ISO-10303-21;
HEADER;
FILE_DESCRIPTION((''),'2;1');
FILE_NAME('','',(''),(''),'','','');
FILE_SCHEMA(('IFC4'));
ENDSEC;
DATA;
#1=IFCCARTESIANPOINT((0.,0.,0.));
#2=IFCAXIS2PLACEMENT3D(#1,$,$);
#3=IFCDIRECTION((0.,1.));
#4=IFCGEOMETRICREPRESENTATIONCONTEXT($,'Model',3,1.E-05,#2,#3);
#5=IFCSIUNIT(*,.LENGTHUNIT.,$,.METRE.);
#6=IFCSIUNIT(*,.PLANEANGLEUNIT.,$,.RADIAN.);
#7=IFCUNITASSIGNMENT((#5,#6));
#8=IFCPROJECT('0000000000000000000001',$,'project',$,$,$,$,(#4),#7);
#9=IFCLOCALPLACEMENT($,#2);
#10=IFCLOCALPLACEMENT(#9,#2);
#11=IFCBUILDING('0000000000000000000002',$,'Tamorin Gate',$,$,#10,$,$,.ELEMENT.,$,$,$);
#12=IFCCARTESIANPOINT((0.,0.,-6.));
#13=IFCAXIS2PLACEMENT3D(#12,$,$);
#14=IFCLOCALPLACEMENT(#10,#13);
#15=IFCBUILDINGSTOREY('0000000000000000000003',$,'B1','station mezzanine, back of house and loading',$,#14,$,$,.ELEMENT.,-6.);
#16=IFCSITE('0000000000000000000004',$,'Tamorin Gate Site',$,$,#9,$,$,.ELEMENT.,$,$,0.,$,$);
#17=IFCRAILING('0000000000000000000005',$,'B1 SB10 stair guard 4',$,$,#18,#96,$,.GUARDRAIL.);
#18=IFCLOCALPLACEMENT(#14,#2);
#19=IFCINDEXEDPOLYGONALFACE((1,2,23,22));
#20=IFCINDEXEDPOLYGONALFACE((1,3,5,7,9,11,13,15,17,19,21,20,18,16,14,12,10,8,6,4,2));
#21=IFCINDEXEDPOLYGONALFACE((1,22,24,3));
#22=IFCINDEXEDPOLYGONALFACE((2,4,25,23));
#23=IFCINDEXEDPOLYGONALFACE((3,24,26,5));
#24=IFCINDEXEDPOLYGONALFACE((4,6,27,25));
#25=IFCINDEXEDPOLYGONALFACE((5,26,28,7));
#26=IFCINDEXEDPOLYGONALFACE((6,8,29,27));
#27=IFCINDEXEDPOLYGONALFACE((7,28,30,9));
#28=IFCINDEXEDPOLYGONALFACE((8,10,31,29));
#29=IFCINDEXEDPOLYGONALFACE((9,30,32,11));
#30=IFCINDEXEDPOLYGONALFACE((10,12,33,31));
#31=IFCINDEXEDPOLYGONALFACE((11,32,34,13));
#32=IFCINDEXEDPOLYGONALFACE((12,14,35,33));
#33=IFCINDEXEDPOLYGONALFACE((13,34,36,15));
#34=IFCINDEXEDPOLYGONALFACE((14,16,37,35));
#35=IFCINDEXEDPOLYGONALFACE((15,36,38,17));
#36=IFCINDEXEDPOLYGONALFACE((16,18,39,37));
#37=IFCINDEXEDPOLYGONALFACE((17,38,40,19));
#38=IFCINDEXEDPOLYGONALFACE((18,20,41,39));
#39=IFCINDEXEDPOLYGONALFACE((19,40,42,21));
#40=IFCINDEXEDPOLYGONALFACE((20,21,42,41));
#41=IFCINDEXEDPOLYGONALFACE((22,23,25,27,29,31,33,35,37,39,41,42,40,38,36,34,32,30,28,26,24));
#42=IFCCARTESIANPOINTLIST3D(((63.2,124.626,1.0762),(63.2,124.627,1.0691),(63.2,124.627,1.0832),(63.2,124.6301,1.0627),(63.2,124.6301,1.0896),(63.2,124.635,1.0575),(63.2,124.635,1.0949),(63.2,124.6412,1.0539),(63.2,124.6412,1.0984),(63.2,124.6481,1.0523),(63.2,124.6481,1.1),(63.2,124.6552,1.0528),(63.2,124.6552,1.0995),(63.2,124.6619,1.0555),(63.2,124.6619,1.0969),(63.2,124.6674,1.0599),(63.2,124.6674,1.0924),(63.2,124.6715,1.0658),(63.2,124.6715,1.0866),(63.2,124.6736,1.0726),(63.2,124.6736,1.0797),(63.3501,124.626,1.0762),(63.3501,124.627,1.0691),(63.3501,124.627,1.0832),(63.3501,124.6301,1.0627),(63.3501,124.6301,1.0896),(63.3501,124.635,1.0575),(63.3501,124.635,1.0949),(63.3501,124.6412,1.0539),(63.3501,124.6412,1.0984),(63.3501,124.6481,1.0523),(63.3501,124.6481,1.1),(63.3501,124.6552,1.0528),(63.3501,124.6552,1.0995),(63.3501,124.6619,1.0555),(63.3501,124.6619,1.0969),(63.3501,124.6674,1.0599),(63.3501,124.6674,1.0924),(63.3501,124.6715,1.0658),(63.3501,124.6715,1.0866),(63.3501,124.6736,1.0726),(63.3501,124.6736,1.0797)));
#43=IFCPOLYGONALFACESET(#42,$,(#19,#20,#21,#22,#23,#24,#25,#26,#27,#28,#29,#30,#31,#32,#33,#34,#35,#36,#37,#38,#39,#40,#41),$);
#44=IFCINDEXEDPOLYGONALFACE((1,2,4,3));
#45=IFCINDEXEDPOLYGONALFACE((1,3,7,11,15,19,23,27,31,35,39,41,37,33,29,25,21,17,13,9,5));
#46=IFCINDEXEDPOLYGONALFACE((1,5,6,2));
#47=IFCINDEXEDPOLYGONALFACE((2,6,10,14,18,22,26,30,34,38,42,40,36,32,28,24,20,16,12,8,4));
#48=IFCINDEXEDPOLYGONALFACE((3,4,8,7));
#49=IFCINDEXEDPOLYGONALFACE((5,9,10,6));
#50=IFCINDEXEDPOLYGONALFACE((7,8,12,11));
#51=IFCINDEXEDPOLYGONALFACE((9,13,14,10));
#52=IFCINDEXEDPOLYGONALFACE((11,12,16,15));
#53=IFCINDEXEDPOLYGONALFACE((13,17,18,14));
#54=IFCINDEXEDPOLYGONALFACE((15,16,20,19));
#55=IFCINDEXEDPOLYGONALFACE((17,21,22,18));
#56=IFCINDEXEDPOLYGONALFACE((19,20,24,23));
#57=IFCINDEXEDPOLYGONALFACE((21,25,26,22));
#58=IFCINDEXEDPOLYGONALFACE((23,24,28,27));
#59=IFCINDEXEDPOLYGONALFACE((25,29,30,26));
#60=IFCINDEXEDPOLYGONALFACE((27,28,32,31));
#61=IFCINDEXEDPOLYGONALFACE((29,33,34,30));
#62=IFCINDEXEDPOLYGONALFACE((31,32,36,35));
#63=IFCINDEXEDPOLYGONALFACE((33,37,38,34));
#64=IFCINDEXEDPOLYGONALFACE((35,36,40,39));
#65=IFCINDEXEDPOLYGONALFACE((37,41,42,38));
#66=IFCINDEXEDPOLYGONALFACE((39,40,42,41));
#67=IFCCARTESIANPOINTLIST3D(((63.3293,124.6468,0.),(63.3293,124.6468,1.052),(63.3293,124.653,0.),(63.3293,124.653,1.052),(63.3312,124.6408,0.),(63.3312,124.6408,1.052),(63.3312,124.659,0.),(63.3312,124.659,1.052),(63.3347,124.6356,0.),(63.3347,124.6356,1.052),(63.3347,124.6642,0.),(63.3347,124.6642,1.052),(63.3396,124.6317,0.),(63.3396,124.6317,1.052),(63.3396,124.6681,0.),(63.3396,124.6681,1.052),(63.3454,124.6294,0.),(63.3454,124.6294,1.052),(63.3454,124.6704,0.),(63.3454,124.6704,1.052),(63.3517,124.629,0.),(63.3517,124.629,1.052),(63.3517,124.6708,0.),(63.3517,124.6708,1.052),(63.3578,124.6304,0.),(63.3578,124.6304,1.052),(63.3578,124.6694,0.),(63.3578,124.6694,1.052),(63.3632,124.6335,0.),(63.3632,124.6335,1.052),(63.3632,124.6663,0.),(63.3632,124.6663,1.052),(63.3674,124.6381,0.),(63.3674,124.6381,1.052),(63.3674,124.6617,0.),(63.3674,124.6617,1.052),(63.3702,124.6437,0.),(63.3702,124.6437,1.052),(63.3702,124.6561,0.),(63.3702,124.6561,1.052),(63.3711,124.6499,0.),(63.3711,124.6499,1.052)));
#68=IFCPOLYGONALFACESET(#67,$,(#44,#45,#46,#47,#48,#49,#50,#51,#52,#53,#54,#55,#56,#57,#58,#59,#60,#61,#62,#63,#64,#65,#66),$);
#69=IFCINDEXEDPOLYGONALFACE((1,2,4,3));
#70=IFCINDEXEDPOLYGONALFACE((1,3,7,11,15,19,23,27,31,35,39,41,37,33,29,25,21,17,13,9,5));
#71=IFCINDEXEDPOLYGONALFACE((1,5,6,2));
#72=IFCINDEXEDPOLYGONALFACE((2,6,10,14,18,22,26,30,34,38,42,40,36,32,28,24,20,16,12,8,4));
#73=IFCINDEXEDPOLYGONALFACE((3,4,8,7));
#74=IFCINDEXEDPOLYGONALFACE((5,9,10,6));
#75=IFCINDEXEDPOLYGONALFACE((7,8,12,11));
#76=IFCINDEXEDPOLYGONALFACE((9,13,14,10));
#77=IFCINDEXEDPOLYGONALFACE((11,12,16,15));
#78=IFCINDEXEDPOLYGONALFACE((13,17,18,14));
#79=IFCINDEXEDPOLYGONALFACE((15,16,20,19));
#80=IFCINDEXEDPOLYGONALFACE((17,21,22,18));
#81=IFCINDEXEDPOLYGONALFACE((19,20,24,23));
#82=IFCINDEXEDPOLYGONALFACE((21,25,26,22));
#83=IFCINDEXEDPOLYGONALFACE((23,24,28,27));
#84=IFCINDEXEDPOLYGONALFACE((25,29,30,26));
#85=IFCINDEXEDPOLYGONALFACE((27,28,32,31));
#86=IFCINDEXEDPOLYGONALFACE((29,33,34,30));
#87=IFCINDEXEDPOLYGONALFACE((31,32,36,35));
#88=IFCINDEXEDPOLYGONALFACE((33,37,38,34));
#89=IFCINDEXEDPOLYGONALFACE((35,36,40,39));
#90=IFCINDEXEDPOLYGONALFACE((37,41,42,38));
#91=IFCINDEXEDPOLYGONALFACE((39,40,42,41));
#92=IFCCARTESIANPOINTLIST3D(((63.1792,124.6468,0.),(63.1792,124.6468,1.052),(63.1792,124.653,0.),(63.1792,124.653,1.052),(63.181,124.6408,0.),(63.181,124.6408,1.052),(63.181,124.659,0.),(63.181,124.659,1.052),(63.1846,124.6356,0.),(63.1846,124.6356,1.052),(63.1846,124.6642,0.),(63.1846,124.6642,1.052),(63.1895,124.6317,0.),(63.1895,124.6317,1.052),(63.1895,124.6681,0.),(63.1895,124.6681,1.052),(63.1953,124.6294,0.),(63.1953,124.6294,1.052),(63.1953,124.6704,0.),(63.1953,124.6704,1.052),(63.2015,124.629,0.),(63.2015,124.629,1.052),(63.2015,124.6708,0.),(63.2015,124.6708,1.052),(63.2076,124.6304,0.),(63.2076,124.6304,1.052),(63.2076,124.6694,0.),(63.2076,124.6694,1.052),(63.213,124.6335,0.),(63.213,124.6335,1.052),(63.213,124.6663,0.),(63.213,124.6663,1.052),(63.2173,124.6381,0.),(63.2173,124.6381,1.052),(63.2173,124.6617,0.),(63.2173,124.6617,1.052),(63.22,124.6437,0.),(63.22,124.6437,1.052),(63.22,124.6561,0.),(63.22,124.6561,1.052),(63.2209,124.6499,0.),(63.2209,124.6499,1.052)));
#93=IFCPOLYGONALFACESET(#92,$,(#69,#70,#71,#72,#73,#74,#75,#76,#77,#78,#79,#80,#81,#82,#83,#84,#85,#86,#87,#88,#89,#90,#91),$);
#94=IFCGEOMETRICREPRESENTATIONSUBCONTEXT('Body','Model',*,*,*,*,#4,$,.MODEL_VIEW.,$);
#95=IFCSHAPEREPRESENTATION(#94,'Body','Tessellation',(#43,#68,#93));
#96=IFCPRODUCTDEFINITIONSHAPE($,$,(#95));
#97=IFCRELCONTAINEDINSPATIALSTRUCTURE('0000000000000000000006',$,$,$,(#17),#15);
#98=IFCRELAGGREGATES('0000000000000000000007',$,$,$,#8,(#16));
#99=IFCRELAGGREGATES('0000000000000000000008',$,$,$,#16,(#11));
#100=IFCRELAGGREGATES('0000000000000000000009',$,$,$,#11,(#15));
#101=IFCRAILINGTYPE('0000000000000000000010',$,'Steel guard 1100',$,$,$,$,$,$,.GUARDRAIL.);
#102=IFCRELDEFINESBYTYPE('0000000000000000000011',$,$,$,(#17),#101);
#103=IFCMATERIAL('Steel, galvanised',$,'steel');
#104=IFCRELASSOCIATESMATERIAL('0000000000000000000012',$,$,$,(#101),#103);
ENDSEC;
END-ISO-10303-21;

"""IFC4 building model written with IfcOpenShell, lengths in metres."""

from ifc_helpers import new_model, si_unit, direction, frame, origin, origin_2d, place, context, subcontext, project, spatial, circle, extrude, material, type_object, element, save


model = new_model("IFC4")

# Units and contexts
model_context = context("Model", 3, precision=1e-05, world=origin(), true_north=direction((0.0, 1.0)))
body_context = subcontext(model_context, "Body", "Model", "MODEL_VIEW")
ifc_project = project(units=[si_unit("LENGTHUNIT", "METRE"), si_unit("PLANEANGLEUNIT", "RADIAN")], contexts=[model_context])

# Site, building, storey
site_placement = place(None, origin())
site = spatial("IfcSite", under=ifc_project, at=site_placement, Name="Tamorin Gate Site", CompositionType="ELEMENT", RefElevation=0.0)
building_placement = place(site_placement, origin())
building = spatial("IfcBuilding", under=site, at=building_placement, Name="Tamorin Gate", CompositionType="ELEMENT")
storey_placement = place(building_placement, frame((0.0, 0.0, -6.0)))
storey = spatial("IfcBuildingStorey", under=building, at=storey_placement, Name="B1", Description="station mezzanine, back of house and loading", CompositionType="ELEMENT", Elevation=-6.0)

# Railing
ifc_material_1 = material(Name="Steel, galvanised", Category="steel")
railing_type_1 = type_object("IfcRailingType", Name="Steel guard 1100", PredefinedType="GUARDRAIL", material=ifc_material_1)
railing_1_placement = place(storey_placement, frame((63.3501, 124.6499, 0.0)))
element("IfcRailing", 1, at=railing_1_placement, inside=storey, type_object=railing_type_1, Name="B1 SB10 stair guard 4", PredefinedType="GUARDRAIL", context=body_context, shape_type="SweptSolid", body=[
    extrude(circle(Radius=0.0239, at=origin_2d()), frame((0.0, 0.0, 1.0762), z_axis=(-1.0, 0.0, 0.0), x_axis=(0.0, -1.0, 0.0)), (0.0, 0.0, 1.0), 0.1501),
    extrude(circle(Radius=0.021, at=origin_2d()), origin(), (0.0, 0.0, 1.0), 1.052),
    extrude(circle(Radius=0.021, at=origin_2d()), frame((-0.1501, 0.0, 0.0)), (0.0, 0.0, 1.0), 1.052),
])

save(model, "model.ifc")
